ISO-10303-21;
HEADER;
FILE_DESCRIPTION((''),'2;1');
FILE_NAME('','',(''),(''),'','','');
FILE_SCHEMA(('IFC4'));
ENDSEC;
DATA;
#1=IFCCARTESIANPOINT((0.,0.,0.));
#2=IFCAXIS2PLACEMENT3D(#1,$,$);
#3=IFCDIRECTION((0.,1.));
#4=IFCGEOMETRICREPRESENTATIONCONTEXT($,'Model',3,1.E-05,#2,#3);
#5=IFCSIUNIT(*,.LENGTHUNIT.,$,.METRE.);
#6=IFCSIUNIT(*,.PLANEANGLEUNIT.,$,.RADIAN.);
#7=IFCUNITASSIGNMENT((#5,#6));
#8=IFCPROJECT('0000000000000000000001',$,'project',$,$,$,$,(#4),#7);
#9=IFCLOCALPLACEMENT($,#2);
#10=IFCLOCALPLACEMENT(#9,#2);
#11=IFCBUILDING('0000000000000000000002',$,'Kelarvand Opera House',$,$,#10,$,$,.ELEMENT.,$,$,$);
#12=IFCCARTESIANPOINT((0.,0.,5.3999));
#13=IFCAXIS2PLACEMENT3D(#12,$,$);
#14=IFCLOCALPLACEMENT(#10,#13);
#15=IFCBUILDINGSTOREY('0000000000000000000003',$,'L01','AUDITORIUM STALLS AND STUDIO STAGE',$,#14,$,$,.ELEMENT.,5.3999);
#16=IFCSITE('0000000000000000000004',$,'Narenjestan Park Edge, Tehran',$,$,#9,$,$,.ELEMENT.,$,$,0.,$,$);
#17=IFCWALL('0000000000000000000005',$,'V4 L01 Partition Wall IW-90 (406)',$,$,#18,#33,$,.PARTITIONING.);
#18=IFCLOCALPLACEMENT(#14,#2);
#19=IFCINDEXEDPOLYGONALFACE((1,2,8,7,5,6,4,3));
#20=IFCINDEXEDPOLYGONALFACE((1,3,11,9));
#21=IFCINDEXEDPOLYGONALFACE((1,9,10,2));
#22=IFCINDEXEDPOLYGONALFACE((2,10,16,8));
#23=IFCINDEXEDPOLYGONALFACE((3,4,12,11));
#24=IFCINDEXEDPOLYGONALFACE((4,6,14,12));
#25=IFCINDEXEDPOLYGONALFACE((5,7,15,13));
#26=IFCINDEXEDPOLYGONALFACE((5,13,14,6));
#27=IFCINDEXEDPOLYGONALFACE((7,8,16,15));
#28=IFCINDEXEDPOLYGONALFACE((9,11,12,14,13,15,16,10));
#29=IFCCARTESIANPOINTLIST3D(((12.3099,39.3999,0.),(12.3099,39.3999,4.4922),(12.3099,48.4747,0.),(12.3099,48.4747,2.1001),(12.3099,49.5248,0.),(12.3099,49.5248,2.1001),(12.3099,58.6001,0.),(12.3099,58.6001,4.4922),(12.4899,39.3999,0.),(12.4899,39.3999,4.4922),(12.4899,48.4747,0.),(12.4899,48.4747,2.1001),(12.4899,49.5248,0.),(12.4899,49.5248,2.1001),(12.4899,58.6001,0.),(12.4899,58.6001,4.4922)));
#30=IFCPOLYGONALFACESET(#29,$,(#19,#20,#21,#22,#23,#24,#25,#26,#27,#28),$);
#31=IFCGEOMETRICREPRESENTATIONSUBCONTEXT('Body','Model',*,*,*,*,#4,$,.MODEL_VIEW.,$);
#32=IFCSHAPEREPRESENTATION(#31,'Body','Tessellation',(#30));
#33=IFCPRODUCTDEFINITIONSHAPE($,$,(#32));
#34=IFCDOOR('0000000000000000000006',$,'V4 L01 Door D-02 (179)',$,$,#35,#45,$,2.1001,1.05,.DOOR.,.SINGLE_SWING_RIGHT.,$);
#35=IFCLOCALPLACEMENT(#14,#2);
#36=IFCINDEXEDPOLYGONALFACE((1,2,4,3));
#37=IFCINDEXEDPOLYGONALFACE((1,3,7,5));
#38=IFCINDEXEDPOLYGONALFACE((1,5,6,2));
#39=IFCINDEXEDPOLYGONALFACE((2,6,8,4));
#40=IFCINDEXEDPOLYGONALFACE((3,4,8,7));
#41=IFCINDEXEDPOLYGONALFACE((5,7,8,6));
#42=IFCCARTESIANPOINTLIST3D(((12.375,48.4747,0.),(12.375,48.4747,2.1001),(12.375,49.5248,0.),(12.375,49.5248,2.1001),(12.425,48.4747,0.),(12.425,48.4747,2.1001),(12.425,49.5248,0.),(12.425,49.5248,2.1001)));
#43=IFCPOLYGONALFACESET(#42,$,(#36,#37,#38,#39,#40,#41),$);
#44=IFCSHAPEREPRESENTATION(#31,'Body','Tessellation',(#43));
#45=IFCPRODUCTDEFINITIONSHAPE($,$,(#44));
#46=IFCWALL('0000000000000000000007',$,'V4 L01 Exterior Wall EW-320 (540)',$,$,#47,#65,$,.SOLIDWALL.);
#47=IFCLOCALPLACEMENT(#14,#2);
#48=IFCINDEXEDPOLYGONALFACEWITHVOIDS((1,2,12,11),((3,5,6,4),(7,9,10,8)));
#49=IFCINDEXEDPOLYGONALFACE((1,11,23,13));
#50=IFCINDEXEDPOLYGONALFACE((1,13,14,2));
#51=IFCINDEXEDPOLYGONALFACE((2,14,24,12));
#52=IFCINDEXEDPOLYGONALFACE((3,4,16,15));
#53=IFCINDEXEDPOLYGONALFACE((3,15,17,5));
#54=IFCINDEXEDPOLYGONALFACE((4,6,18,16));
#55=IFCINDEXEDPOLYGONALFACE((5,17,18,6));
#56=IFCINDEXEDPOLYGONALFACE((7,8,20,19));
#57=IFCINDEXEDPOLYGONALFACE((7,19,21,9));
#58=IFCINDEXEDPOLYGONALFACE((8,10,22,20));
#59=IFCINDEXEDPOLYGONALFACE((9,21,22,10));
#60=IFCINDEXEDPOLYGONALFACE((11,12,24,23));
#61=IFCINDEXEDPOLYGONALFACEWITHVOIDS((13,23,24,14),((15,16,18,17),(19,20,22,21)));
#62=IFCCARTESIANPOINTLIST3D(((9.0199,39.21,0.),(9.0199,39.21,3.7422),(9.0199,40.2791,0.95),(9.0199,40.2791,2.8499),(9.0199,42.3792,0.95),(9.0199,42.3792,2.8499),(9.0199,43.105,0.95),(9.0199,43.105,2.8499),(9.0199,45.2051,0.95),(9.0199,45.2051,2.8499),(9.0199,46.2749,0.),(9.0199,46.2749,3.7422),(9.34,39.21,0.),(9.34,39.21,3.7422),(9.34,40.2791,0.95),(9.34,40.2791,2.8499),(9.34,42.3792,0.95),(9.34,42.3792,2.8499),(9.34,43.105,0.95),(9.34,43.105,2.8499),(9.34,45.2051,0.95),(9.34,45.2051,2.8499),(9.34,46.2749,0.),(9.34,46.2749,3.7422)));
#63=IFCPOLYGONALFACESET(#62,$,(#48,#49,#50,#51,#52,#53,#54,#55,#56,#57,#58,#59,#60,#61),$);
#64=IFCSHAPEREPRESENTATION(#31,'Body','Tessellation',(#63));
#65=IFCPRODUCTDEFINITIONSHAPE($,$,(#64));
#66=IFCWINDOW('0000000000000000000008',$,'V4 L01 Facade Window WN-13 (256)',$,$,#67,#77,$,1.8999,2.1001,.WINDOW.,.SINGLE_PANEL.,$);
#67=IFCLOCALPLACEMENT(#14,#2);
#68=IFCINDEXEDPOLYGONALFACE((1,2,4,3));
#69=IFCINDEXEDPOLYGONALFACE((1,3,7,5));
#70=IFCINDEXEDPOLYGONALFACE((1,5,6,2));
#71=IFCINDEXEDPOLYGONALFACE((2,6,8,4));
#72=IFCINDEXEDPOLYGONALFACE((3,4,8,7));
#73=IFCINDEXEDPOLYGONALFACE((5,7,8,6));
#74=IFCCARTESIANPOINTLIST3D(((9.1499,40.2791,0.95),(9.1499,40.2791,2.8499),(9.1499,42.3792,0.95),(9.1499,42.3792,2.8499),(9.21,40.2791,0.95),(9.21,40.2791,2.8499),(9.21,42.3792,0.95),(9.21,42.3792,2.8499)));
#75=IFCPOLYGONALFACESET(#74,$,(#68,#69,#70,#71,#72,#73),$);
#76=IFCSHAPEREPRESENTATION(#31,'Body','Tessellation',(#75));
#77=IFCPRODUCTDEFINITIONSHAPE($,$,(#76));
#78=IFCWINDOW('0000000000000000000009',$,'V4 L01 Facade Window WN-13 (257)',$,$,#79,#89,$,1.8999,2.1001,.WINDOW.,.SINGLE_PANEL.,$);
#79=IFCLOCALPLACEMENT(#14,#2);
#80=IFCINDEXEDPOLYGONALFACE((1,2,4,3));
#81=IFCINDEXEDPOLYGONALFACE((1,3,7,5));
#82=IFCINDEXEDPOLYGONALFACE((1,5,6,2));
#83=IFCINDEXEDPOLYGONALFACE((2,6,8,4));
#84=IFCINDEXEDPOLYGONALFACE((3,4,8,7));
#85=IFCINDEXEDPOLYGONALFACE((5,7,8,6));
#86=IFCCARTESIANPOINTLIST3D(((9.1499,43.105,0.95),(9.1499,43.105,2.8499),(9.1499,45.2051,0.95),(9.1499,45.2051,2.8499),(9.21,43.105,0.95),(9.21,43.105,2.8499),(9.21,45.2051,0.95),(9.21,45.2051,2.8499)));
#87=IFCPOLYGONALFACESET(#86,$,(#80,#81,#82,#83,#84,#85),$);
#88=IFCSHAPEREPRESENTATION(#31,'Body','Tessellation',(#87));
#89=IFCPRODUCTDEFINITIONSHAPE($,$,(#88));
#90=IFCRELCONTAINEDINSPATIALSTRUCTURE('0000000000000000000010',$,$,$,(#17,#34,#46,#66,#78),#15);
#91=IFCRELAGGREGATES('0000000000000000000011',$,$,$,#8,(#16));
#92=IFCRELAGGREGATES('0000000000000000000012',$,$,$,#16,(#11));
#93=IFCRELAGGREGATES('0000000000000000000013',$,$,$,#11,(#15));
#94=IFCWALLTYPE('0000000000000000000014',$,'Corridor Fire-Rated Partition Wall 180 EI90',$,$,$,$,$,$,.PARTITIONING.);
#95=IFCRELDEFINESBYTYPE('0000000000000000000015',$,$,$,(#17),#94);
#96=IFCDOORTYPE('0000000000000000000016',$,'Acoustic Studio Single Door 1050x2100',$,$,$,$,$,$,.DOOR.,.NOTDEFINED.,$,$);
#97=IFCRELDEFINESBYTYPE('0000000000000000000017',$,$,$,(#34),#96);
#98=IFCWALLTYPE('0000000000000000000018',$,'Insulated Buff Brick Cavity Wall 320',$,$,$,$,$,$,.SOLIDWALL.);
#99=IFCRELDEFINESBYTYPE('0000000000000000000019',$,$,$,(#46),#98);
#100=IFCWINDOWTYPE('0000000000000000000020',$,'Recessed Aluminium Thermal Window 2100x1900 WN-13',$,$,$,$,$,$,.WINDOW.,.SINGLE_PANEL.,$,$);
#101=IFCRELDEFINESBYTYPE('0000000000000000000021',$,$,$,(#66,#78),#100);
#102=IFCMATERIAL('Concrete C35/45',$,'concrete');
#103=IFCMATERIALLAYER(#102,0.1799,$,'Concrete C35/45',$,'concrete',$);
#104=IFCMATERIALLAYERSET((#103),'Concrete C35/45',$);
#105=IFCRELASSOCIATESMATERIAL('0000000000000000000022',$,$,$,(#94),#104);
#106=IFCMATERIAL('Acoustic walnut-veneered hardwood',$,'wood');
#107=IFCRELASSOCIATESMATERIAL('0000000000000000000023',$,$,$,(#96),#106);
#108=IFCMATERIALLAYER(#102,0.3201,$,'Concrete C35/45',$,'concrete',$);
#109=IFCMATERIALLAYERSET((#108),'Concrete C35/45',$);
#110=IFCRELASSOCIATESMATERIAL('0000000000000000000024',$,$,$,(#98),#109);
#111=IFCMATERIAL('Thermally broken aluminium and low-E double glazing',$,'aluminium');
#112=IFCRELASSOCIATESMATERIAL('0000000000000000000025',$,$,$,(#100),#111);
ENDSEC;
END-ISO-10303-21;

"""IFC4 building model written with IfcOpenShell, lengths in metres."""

from ifc_helpers import new_model, si_unit, direction, frame, frame_2d, origin, place, context, subcontext, project, spatial, rectangle, extrude, material, layer, layer_set, type_object, element, fill, save


model = new_model("IFC4")

# Units and contexts
model_context = context("Model", 3, precision=1e-05, world=origin(), true_north=direction((0.0, 1.0)))
body_context = subcontext(model_context, "Body", "Model", "MODEL_VIEW")
ifc_project = project(units=[si_unit("LENGTHUNIT", "METRE"), si_unit("PLANEANGLEUNIT", "RADIAN")], contexts=[model_context])

# Site, building, storey
site_placement = place(None, origin())
site = spatial("IfcSite", under=ifc_project, at=site_placement, Name="Narenjestan Park Edge, Tehran", CompositionType="ELEMENT", RefElevation=0.0)
building_placement = place(site_placement, origin())
building = spatial("IfcBuilding", under=site, at=building_placement, Name="Kelarvand Opera House", CompositionType="ELEMENT")
storey_placement = place(building_placement, frame((0.0, 0.0, 5.3999)))
storey = spatial("IfcBuildingStorey", under=building, at=storey_placement, Name="L01", Description="AUDITORIUM STALLS AND STUDIO STAGE", CompositionType="ELEMENT", Elevation=5.3999)

# Wall, opening, door
ifc_material_1 = material(Name="Concrete C35/45", Category="concrete")
ifc_layer_1 = layer(ifc_material_1, 0.1799, Name="Concrete C35/45", Category="concrete")
ifc_layer_set_1 = layer_set([ifc_layer_1], Name="Concrete C35/45")
wall_type_1 = type_object("IfcWallType", Name="Corridor Fire-Rated Partition Wall 180 EI90", PredefinedType="PARTITIONING", material=ifc_layer_set_1)
wall_1_placement = place(storey_placement, frame((12.3999, 39.3999, 0.0), z_axis=(0.0, 0.0, 1.0), x_axis=(0.0, 1.0, 0.0)))
wall_1 = element("IfcWall", 1, at=wall_1_placement, inside=storey, type_object=wall_type_1, Name="V4 L01 Partition Wall IW-90 (406)", PredefinedType="PARTITIONING", context=body_context, shape_type="SweptSolid", body=[
    extrude(rectangle(XDim=19.2002, YDim=0.1799, at=frame_2d((9.6001, 0.0))), origin(), (0.0, 0.0, 1.0), 4.4922),
])
opening_1_placement = place(wall_1_placement, frame((9.075, 0.0, 0.0)))
opening_1 = element("IfcOpeningElement", 2, at=opening_1_placement, cuts=wall_1, PredefinedType="OPENING", context=body_context, shape_type="SweptSolid", body=[
    extrude(rectangle(XDim=1.05, YDim=2.1001, at=frame_2d((0.5249, 1.05))), frame((0.0, 0.1001, 0.0), z_axis=(0.0, -1.0, 0.0), x_axis=(1.0, 0.0, 0.0)), (0.0, 0.0, 1.0), 0.2),
])
ifc_material_2 = material(Name="Acoustic walnut-veneered hardwood", Category="wood")
door_type = type_object("IfcDoorType", Name="Acoustic Studio Single Door 1050x2100", OperationType="NOTDEFINED", PredefinedType="DOOR", material=ifc_material_2)
door_placement = place(opening_1_placement, origin())
door = element("IfcDoor", 3, at=door_placement, inside=storey, type_object=door_type, Name="V4 L01 Door D-02 (179)", OperationType="SINGLE_SWING_RIGHT", OverallHeight=2.1001, OverallWidth=1.05, PredefinedType="DOOR", context=body_context, shape_type="SweptSolid", body=[
    extrude(rectangle(XDim=1.05, YDim=2.1001, at=frame_2d((0.5249, 1.05))), frame((0.0, 0.0249, 0.0), z_axis=(0.0, -1.0, 0.0), x_axis=(1.0, 0.0, 0.0)), (0.0, 0.0, 1.0), 0.05),
])
fill(opening_1, door)

# Wall, openings, windows
ifc_layer_2 = layer(ifc_material_1, 0.3201, Name="Concrete C35/45", Category="concrete")
ifc_layer_set_2 = layer_set([ifc_layer_2], Name="Concrete C35/45")
wall_type_2 = type_object("IfcWallType", Name="Insulated Buff Brick Cavity Wall 320", PredefinedType="SOLIDWALL", material=ifc_layer_set_2)
wall_2_placement = place(storey_placement, frame((9.1799, 39.21, 0.0), z_axis=(0.0, 0.0, 1.0), x_axis=(0.0, 1.0, 0.0)))
wall_2 = element("IfcWall", 4, at=wall_2_placement, inside=storey, type_object=wall_type_2, Name="V4 L01 Exterior Wall EW-320 (540)", PredefinedType="SOLIDWALL", context=body_context, shape_type="SweptSolid", body=[
    extrude(rectangle(XDim=7.0649, YDim=0.3201, at=frame_2d((3.5325, 0.0))), origin(), (0.0, 0.0, 1.0), 3.7422),
])
opening_2_placement = place(wall_2_placement, frame((1.0691, 0.0, 0.95)))
opening_2 = element("IfcOpeningElement", 5, at=opening_2_placement, cuts=wall_2, PredefinedType="OPENING", context=body_context, shape_type="SweptSolid", body=[
    extrude(rectangle(XDim=2.1001, YDim=1.8999, at=frame_2d((1.05, 0.95))), frame((0.0, 0.1699, 0.0), z_axis=(0.0, -1.0, 0.0), x_axis=(1.0, 0.0, 0.0)), (0.0, 0.0, 1.0), 0.3401),
])
opening_3_placement = place(wall_2_placement, frame((3.895, 0.0, 0.95)))
opening_3 = element("IfcOpeningElement", 6, at=opening_3_placement, cuts=wall_2, PredefinedType="OPENING", context=body_context, shape_type="SweptSolid", body=[
    extrude(rectangle(XDim=2.1001, YDim=1.8999, at=frame_2d((1.05, 0.95))), frame((0.0, 0.1699, 0.0), z_axis=(0.0, -1.0, 0.0), x_axis=(1.0, 0.0, 0.0)), (0.0, 0.0, 1.0), 0.3401),
])
ifc_material_3 = material(Name="Thermally broken aluminium and low-E double glazing", Category="aluminium")
window_type = type_object("IfcWindowType", Name="Recessed Aluminium Thermal Window 2100x1900 WN-13", PartitioningType="SINGLE_PANEL", PredefinedType="WINDOW", material=ifc_material_3)
window_1_placement = place(opening_2_placement, origin())
window_1 = element("IfcWindow", 7, at=window_1_placement, inside=storey, type_object=window_type, Name="V4 L01 Facade Window WN-13 (256)", OverallHeight=1.8999, OverallWidth=2.1001, PartitioningType="SINGLE_PANEL", PredefinedType="WINDOW", context=body_context, shape_type="SweptSolid", body=[
    extrude(rectangle(XDim=2.1001, YDim=1.8999, at=frame_2d((1.05, 0.95))), frame((0.0, 0.03, 0.0), z_axis=(0.0, -1.0, 0.0), x_axis=(1.0, 0.0, 0.0)), (0.0, 0.0, 1.0), 0.0601),
])
fill(opening_2, window_1)
window_2_placement = place(opening_3_placement, origin())
window_2 = element("IfcWindow", 8, at=window_2_placement, inside=storey, type_object=window_type, Name="V4 L01 Facade Window WN-13 (257)", OverallHeight=1.8999, OverallWidth=2.1001, PartitioningType="SINGLE_PANEL", PredefinedType="WINDOW", context=body_context, shape_type="SweptSolid", body=[
    extrude(rectangle(XDim=2.1001, YDim=1.8999, at=frame_2d((1.05, 0.95))), frame((0.0, 0.03, 0.0), z_axis=(0.0, -1.0, 0.0), x_axis=(1.0, 0.0, 0.0)), (0.0, 0.0, 1.0), 0.0601),
])
fill(opening_3, window_2)

save(model, "model.ifc")
